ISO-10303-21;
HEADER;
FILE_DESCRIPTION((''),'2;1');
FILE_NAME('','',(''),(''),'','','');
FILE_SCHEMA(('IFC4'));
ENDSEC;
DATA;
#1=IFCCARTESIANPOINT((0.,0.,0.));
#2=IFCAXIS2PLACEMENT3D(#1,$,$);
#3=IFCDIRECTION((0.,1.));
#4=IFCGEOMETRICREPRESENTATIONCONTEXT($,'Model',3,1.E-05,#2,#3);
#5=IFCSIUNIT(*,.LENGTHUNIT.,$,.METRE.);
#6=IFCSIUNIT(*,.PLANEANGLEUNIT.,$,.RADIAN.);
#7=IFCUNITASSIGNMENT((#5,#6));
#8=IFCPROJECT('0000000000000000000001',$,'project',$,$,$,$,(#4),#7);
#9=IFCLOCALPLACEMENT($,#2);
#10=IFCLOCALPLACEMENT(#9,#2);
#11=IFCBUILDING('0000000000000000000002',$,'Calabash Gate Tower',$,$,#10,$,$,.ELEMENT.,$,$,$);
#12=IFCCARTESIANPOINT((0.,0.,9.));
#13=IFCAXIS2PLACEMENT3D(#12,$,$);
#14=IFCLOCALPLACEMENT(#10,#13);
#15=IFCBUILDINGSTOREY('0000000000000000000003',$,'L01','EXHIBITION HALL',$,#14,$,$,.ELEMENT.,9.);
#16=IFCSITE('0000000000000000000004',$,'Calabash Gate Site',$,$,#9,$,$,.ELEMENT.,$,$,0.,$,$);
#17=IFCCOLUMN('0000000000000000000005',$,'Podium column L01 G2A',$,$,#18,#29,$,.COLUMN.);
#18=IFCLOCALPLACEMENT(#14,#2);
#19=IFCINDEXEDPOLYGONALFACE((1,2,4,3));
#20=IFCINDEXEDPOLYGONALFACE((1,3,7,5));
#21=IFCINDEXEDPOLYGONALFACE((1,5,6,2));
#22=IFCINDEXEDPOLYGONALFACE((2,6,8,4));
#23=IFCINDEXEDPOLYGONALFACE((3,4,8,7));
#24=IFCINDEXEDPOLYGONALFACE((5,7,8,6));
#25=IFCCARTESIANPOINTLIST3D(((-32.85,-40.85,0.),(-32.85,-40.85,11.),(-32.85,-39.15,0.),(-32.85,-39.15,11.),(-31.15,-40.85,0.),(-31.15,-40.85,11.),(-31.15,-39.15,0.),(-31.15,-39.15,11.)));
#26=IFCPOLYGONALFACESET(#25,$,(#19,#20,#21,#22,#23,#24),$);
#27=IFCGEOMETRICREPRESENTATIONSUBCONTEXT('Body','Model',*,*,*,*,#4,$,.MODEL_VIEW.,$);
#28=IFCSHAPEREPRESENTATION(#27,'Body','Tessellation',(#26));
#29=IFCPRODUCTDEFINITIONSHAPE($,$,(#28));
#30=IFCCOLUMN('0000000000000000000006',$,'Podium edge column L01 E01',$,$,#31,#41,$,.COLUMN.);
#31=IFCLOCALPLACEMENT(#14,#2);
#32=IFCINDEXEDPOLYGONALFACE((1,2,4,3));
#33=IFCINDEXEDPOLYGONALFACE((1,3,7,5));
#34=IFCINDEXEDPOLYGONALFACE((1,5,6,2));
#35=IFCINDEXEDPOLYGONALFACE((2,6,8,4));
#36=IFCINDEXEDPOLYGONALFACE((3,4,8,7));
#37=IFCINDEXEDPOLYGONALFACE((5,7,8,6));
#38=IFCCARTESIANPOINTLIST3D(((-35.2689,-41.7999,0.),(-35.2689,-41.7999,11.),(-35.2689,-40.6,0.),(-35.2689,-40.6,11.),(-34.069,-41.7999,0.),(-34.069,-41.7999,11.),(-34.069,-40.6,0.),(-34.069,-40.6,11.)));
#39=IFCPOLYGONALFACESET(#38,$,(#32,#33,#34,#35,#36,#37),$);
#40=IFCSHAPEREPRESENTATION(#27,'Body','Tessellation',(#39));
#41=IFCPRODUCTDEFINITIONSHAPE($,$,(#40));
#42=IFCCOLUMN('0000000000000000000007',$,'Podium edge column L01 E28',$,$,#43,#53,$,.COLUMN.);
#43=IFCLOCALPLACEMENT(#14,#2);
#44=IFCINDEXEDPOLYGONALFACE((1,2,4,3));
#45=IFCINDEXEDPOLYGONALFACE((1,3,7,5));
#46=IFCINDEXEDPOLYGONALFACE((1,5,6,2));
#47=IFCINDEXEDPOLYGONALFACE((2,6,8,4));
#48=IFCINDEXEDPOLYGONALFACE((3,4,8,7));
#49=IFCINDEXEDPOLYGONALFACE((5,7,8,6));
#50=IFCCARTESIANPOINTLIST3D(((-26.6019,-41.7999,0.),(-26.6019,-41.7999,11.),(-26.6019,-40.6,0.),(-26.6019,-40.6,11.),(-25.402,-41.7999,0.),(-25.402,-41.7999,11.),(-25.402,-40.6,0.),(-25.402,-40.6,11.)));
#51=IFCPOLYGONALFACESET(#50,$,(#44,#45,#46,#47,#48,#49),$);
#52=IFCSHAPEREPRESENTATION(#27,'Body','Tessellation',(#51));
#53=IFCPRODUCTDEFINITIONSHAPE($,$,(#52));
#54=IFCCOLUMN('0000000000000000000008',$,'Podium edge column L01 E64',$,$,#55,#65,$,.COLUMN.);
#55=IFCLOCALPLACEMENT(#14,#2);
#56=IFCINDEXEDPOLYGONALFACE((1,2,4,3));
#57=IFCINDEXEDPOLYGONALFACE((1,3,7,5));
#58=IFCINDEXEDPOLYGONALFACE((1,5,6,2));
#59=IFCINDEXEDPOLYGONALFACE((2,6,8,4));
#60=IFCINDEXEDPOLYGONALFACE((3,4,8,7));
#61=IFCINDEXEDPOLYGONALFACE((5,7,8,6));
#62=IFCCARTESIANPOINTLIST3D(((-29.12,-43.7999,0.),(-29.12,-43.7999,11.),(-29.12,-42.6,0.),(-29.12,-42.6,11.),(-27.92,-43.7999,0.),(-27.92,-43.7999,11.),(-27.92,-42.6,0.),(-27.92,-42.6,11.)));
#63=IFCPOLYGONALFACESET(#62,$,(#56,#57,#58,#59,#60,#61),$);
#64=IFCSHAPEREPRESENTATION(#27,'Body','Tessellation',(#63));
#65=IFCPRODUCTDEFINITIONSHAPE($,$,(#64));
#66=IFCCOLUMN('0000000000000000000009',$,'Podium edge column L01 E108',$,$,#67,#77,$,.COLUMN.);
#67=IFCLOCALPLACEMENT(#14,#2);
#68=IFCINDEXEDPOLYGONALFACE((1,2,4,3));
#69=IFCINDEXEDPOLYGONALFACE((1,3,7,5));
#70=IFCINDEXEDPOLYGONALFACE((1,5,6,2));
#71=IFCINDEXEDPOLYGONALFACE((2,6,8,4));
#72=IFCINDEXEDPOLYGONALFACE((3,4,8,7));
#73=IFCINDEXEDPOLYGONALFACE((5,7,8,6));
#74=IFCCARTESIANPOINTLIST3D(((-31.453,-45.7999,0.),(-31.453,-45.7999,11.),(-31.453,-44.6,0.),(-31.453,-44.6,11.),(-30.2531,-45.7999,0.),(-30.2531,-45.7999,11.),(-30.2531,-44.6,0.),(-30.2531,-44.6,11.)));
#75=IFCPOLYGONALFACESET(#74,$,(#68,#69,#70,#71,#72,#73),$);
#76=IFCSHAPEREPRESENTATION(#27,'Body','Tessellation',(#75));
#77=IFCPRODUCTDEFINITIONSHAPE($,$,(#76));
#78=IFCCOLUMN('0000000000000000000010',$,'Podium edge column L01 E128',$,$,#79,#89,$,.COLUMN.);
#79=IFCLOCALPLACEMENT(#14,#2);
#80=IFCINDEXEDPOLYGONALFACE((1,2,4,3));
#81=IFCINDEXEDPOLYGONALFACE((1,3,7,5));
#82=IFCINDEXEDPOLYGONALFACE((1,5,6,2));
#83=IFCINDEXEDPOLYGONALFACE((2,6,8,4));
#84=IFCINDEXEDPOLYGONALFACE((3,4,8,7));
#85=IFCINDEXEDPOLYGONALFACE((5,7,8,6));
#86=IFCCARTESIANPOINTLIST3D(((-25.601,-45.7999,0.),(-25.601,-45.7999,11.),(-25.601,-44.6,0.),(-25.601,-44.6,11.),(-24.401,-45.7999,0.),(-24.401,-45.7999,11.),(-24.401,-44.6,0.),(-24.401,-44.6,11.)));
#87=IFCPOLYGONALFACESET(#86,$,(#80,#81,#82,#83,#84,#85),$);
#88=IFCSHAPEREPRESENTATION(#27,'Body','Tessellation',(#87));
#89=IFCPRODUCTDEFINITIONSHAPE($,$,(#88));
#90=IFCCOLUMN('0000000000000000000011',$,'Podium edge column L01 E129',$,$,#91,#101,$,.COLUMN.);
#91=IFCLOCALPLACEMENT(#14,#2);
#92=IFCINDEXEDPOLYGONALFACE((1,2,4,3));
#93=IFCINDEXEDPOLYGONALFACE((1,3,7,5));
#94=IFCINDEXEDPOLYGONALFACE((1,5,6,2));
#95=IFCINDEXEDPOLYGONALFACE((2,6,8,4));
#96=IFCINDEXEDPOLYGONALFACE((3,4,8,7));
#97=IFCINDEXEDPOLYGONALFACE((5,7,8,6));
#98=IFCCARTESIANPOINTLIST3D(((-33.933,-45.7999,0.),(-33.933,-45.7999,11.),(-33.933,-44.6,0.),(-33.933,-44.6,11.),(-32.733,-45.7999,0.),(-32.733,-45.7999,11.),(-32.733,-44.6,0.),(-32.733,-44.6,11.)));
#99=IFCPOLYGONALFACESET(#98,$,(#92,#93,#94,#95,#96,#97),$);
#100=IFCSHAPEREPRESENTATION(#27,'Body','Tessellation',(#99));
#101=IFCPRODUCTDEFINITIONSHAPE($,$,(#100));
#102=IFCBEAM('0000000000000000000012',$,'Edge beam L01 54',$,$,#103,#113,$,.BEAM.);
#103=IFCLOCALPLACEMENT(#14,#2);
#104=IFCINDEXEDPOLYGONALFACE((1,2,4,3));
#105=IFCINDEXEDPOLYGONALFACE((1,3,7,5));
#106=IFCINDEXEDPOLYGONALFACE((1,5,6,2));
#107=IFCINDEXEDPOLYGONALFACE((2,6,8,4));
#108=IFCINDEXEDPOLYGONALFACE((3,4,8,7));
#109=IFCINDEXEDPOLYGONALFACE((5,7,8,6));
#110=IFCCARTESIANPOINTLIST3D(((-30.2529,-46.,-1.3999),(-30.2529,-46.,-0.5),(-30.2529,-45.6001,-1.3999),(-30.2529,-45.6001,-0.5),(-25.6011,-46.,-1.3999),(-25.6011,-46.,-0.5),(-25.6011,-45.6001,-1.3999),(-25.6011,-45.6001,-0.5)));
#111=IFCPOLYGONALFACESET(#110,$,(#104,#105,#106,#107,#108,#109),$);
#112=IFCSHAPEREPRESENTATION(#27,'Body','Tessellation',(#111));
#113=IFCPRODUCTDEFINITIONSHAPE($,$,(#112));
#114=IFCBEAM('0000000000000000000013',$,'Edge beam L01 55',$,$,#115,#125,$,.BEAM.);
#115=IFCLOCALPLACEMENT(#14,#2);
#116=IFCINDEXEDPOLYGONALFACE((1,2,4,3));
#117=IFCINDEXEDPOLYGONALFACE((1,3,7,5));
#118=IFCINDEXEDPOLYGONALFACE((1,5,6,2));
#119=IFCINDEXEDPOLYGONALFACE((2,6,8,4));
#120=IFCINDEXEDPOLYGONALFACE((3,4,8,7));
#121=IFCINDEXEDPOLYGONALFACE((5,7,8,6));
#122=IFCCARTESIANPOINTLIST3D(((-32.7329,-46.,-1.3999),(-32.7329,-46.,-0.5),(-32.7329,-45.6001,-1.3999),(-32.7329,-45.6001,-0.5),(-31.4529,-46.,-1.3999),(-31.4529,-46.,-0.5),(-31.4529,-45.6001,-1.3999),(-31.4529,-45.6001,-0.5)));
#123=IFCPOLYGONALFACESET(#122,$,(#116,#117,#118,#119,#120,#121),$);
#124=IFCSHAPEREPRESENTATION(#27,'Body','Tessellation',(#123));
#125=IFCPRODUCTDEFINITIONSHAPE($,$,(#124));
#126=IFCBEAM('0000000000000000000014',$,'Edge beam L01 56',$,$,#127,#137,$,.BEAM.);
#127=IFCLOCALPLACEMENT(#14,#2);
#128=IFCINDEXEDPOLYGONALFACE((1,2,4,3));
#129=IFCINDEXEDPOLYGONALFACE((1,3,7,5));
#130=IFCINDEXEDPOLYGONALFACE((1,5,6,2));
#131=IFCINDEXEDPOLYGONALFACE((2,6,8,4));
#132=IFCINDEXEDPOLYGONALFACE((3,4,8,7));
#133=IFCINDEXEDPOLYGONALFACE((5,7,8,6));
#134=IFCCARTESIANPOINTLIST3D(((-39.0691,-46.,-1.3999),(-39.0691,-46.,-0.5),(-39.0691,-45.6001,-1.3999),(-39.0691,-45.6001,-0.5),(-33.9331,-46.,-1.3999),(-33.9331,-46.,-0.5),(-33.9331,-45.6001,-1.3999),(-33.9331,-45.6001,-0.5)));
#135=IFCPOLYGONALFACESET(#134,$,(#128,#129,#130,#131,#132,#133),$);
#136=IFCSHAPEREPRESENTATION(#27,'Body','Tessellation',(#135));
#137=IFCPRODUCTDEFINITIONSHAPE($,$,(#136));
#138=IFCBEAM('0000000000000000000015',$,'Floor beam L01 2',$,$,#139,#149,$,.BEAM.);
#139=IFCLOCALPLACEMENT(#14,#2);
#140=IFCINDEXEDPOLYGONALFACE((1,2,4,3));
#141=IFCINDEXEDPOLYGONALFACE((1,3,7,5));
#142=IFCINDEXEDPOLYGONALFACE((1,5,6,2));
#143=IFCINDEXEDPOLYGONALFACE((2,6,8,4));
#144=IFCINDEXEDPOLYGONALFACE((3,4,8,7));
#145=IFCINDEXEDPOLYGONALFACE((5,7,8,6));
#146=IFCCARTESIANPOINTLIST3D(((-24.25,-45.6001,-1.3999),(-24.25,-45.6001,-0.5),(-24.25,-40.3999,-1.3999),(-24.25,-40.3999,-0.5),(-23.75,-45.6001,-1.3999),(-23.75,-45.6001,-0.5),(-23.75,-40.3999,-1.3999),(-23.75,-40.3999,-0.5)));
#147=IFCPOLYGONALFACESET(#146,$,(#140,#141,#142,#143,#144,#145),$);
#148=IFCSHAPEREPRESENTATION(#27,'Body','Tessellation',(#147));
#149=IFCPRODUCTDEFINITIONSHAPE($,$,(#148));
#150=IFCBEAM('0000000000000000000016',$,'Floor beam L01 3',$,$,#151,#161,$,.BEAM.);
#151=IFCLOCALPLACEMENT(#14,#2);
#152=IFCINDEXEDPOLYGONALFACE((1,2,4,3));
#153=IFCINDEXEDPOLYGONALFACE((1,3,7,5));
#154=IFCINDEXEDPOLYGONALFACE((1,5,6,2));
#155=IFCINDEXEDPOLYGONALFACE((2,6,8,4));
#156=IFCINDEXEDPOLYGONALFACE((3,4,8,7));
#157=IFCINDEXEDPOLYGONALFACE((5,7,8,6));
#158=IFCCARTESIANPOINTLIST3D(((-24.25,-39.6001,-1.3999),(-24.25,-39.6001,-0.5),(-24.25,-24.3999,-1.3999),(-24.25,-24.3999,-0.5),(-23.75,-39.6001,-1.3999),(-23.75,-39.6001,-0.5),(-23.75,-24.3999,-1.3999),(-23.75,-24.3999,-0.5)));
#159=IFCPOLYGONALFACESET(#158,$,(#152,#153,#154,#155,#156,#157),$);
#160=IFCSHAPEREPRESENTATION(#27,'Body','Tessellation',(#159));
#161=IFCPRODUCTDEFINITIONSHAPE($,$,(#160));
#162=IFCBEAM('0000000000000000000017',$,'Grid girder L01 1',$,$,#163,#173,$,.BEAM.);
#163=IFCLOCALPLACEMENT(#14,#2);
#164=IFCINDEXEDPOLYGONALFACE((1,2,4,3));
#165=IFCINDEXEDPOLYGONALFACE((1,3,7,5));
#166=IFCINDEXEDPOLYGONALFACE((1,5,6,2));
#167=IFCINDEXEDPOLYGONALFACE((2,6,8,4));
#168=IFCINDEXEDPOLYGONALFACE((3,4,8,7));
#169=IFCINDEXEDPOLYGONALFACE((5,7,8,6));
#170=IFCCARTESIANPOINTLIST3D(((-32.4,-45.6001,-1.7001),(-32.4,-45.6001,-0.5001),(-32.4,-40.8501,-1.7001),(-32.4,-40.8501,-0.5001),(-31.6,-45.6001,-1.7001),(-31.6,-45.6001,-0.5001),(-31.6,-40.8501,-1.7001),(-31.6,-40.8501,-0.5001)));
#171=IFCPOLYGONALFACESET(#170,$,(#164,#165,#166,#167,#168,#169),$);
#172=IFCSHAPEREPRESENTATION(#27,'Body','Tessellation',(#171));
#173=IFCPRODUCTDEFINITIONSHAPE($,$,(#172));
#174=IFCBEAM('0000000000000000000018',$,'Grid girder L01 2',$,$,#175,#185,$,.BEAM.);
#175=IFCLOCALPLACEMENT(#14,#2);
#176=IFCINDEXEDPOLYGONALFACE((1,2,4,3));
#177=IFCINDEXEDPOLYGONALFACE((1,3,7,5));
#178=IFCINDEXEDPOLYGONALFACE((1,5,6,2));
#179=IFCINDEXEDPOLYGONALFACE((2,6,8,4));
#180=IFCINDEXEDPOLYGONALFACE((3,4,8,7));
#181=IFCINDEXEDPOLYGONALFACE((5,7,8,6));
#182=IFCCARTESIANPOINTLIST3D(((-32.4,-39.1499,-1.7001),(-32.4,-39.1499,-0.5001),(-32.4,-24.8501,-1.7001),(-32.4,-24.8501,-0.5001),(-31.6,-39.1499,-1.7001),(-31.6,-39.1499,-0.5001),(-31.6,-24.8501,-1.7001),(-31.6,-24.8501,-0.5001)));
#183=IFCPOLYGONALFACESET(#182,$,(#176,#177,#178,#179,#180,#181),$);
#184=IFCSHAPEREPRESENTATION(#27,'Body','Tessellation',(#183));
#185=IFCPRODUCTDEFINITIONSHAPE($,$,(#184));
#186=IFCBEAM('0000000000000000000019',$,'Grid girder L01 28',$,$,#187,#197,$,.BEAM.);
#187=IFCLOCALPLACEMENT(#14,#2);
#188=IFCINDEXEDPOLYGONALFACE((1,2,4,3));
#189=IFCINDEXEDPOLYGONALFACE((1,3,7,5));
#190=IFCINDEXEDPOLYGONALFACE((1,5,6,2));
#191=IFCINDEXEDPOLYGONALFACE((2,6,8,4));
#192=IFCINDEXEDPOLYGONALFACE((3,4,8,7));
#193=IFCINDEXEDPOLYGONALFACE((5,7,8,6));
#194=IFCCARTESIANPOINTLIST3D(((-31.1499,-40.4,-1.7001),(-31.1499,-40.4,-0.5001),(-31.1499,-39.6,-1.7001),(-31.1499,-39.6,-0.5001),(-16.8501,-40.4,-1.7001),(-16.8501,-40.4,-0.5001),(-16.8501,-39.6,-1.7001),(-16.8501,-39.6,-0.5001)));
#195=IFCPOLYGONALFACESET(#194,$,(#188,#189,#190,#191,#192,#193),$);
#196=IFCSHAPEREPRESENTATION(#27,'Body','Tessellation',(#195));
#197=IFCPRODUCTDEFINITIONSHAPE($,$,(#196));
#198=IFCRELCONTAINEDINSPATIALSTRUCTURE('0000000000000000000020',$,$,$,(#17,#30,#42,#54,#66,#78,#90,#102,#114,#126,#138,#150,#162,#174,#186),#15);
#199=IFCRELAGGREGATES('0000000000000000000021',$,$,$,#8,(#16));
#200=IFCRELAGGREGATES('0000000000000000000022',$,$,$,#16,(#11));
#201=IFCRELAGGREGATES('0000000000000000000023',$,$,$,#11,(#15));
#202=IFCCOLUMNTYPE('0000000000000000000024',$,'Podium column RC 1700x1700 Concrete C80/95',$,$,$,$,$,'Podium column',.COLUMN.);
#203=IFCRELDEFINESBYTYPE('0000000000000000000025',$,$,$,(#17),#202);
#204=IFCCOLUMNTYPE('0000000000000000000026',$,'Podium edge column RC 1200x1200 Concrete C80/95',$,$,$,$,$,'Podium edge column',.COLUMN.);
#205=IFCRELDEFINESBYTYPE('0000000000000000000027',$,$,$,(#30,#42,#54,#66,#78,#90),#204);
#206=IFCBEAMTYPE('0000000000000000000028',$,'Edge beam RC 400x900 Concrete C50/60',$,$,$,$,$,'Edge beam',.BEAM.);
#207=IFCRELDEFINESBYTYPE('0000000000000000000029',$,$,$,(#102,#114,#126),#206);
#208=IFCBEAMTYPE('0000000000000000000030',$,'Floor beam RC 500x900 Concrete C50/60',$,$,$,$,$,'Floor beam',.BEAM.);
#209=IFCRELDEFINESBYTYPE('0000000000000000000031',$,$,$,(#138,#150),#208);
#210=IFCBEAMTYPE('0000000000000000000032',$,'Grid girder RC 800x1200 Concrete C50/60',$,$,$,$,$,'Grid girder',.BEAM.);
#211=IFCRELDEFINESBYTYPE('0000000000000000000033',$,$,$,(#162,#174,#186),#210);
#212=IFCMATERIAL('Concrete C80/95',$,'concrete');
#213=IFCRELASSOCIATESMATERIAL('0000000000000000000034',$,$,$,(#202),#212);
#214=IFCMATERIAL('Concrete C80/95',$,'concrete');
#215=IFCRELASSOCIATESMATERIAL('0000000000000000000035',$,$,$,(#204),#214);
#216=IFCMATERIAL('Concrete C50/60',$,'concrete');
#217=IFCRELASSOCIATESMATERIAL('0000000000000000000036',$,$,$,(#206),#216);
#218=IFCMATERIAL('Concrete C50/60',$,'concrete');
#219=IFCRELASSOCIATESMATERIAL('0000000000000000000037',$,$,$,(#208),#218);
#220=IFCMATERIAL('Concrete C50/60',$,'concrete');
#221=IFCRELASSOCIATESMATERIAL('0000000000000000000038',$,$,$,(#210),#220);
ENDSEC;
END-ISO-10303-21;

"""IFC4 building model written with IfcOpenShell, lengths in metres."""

from ifc_helpers import new_model, si_unit, direction, frame, origin, origin_2d, place, context, subcontext, project, spatial, rectangle, extrude, material, material_profile, profile_set, type_object, element, save


model = new_model("IFC4")

# Units and contexts
model_context = context("Model", 3, precision=1e-05, world=origin(), true_north=direction((0.0, 1.0)))
body_context = subcontext(model_context, "Body", "Model", "MODEL_VIEW")
ifc_project = project(units=[si_unit("LENGTHUNIT", "METRE"), si_unit("PLANEANGLEUNIT", "RADIAN")], contexts=[model_context])

# Site, building, storey
site_placement = place(None, origin())
site = spatial("IfcSite", under=ifc_project, at=site_placement, Name="Calabash Gate Site", CompositionType="ELEMENT", RefElevation=0.0)
building_placement = place(site_placement, origin())
building = spatial("IfcBuilding", under=site, at=building_placement, Name="Calabash Gate Tower", CompositionType="ELEMENT")
storey_placement = place(building_placement, frame((0.0, 0.0, 9.0)))
storey = spatial("IfcBuildingStorey", under=building, at=storey_placement, Name="L01", Description="EXHIBITION HALL", CompositionType="ELEMENT", Elevation=9.0)

# Columns
ifc_material_1 = material(Name="Concrete C80/95", Category="concrete")
ifc_material_profile_1 = material_profile(ifc_material_1, rectangle(XDim=1.7, YDim=1.7, at=origin_2d()))
ifc_profile_set_1 = profile_set([ifc_material_profile_1], Name="Concrete C80/95")
column_type_1 = type_object("IfcColumnType", Name="Podium column RC 1700x1700 Concrete C80/95", ElementType="Podium column", PredefinedType="COLUMN", material=ifc_profile_set_1)
column_placement = place(storey_placement, frame((-32.0, -40.0, 0.0), z_axis=(0.0, 0.0, 1.0), x_axis=(1.0, 0.0, 0.0)))
element("IfcColumn", 1, at=column_placement, inside=storey, type_object=column_type_1, Name="Podium column L01 G2A", PredefinedType="COLUMN", context=body_context, shape_type="SweptSolid", body=[
    extrude(rectangle(XDim=1.7, YDim=1.7, at=origin_2d()), origin(), (0.0, 0.0, 1.0), 11.0),
])
ifc_material_2 = material(Name="Concrete C80/95", Category="concrete")
ifc_material_profile_2 = material_profile(ifc_material_2, rectangle(XDim=1.2, YDim=1.2, at=origin_2d()))
ifc_profile_set_2 = profile_set([ifc_material_profile_2], Name="Concrete C80/95")
column_type_2 = type_object("IfcColumnType", Name="Podium edge column RC 1200x1200 Concrete C80/95", ElementType="Podium edge column", PredefinedType="COLUMN", material=ifc_profile_set_2)
for number, where, z_axis, x_axis, name in (
    (2, (-34.6689, -41.2, 0.0), (0.0, 0.0, 1.0), (1.0, 0.0, 0.0), "Podium edge column L01 E01"),
    (3, (-26.002, -41.2, 0.0), (0.0, 0.0, 1.0), (1.0, 0.0, 0.0), "Podium edge column L01 E28"),
    (4, (-28.52, -43.2, 0.0), (0.0, 0.0, 1.0), (1.0, 0.0, 0.0), "Podium edge column L01 E64"),
    (5, (-30.853, -45.2, 0.0), (0.0, 0.0, 1.0), (1.0, 0.0, 0.0), "Podium edge column L01 E108"),
    (6, (-25.001, -45.2, 0.0), (0.0, 0.0, 1.0), (1.0, 0.0, 0.0), "Podium edge column L01 E128"),
    (7, (-33.333, -45.2, 0.0), (0.0, 0.0, 1.0), (1.0, 0.0, 0.0), "Podium edge column L01 E129"),
):
    element("IfcColumn", number, at=place(storey_placement, frame(where, z_axis=z_axis, x_axis=x_axis)), inside=storey, type_object=column_type_2, Name=name, PredefinedType="COLUMN", context=body_context, shape_type="SweptSolid", body=[
        extrude(rectangle(XDim=1.2, YDim=1.2, at=origin_2d()), origin(), (0.0, 0.0, 1.0), 11.0),
    ])

# Beams
ifc_material_3 = material(Name="Concrete C50/60", Category="concrete")
ifc_material_profile_3 = material_profile(ifc_material_3, rectangle(XDim=0.3999, YDim=0.8999, at=origin_2d()))
ifc_profile_set_3 = profile_set([ifc_material_profile_3], Name="Concrete C50/60")
beam_type_1 = type_object("IfcBeamType", Name="Edge beam RC 400x900 Concrete C50/60", ElementType="Edge beam", PredefinedType="BEAM", material=ifc_profile_set_3)
beam_1_placement = place(storey_placement, frame((-25.6011, -45.8, -0.95), z_axis=(-1.0, 0.0, 0.0), x_axis=(0.0, -1.0, 0.0)))
element("IfcBeam", 8, at=beam_1_placement, inside=storey, type_object=beam_type_1, Name="Edge beam L01 54", PredefinedType="BEAM", context=body_context, shape_type="SweptSolid", body=[
    extrude(rectangle(XDim=0.3999, YDim=0.8999, at=origin_2d()), origin(), (0.0, 0.0, 1.0), 4.6519),
])
beam_2_placement = place(storey_placement, frame((-31.4529, -45.8, -0.95), z_axis=(-1.0, 0.0, 0.0), x_axis=(0.0, -1.0, 0.0)))
element("IfcBeam", 9, at=beam_2_placement, inside=storey, type_object=beam_type_1, Name="Edge beam L01 55", PredefinedType="BEAM", context=body_context, shape_type="SweptSolid", body=[
    extrude(rectangle(XDim=0.3999, YDim=0.8999, at=origin_2d()), origin(), (0.0, 0.0, 1.0), 1.28),
])
beam_3_placement = place(storey_placement, frame((-33.9331, -45.8, -0.95), z_axis=(-1.0, 0.0, 0.0), x_axis=(0.0, -1.0, 0.0)))
element("IfcBeam", 10, at=beam_3_placement, inside=storey, type_object=beam_type_1, Name="Edge beam L01 56", PredefinedType="BEAM", context=body_context, shape_type="SweptSolid", body=[
    extrude(rectangle(XDim=0.3999, YDim=0.8999, at=origin_2d()), origin(), (0.0, 0.0, 1.0), 5.136),
])
ifc_material_4 = material(Name="Concrete C50/60", Category="concrete")
ifc_material_profile_4 = material_profile(ifc_material_4, rectangle(XDim=0.5, YDim=0.8999, at=origin_2d()))
ifc_profile_set_4 = profile_set([ifc_material_profile_4], Name="Concrete C50/60")
beam_type_2 = type_object("IfcBeamType", Name="Floor beam RC 500x900 Concrete C50/60", ElementType="Floor beam", PredefinedType="BEAM", material=ifc_profile_set_4)
beam_4_placement = place(storey_placement, frame((-24.0, -45.6001, -0.95), z_axis=(0.0, 1.0, 0.0), x_axis=(-1.0, 0.0, 0.0)))
element("IfcBeam", 11, at=beam_4_placement, inside=storey, type_object=beam_type_2, Name="Floor beam L01 2", PredefinedType="BEAM", context=body_context, shape_type="SweptSolid", body=[
    extrude(rectangle(XDim=0.5, YDim=0.8999, at=origin_2d()), origin(), (0.0, 0.0, 1.0), 5.2002),
])
beam_5_placement = place(storey_placement, frame((-24.0, -39.6001, -0.95), z_axis=(0.0, 1.0, 0.0), x_axis=(-1.0, 0.0, 0.0)))
element("IfcBeam", 12, at=beam_5_placement, inside=storey, type_object=beam_type_2, Name="Floor beam L01 3", PredefinedType="BEAM", context=body_context, shape_type="SweptSolid", body=[
    extrude(rectangle(XDim=0.5, YDim=0.8999, at=origin_2d()), origin(), (0.0, 0.0, 1.0), 15.2002),
])
ifc_material_5 = material(Name="Concrete C50/60", Category="concrete")
ifc_material_profile_5 = material_profile(ifc_material_5, rectangle(XDim=0.8, YDim=1.2, at=origin_2d()))
ifc_profile_set_5 = profile_set([ifc_material_profile_5], Name="Concrete C50/60")
beam_type_3 = type_object("IfcBeamType", Name="Grid girder RC 800x1200 Concrete C50/60", ElementType="Grid girder", PredefinedType="BEAM", material=ifc_profile_set_5)
beam_6_placement = place(storey_placement, frame((-32.0, -45.6001, -1.1001), z_axis=(0.0, 1.0, 0.0), x_axis=(-1.0, 0.0, 0.0)))
element("IfcBeam", 13, at=beam_6_placement, inside=storey, type_object=beam_type_3, Name="Grid girder L01 1", PredefinedType="BEAM", context=body_context, shape_type="SweptSolid", body=[
    extrude(rectangle(XDim=0.8, YDim=1.2, at=origin_2d()), origin(), (0.0, 0.0, 1.0), 4.75),
])
for number, where, z_axis, x_axis, name in (
    (14, (-32.0, -39.1499, -1.1001), (0.0, 1.0, 0.0), (-1.0, 0.0, 0.0), "Grid girder L01 2"),
    (15, (-31.1499, -40.0, -1.1001), (1.0, 0.0, 0.0), (0.0, 1.0, 0.0), "Grid girder L01 28"),
):
    element("IfcBeam", number, at=place(storey_placement, frame(where, z_axis=z_axis, x_axis=x_axis)), inside=storey, type_object=beam_type_3, Name=name, PredefinedType="BEAM", context=body_context, shape_type="SweptSolid", body=[
        extrude(rectangle(XDim=0.8, YDim=1.2, at=origin_2d()), origin(), (0.0, 0.0, 1.0), 14.2998),
    ])

save(model, "model.ifc")
